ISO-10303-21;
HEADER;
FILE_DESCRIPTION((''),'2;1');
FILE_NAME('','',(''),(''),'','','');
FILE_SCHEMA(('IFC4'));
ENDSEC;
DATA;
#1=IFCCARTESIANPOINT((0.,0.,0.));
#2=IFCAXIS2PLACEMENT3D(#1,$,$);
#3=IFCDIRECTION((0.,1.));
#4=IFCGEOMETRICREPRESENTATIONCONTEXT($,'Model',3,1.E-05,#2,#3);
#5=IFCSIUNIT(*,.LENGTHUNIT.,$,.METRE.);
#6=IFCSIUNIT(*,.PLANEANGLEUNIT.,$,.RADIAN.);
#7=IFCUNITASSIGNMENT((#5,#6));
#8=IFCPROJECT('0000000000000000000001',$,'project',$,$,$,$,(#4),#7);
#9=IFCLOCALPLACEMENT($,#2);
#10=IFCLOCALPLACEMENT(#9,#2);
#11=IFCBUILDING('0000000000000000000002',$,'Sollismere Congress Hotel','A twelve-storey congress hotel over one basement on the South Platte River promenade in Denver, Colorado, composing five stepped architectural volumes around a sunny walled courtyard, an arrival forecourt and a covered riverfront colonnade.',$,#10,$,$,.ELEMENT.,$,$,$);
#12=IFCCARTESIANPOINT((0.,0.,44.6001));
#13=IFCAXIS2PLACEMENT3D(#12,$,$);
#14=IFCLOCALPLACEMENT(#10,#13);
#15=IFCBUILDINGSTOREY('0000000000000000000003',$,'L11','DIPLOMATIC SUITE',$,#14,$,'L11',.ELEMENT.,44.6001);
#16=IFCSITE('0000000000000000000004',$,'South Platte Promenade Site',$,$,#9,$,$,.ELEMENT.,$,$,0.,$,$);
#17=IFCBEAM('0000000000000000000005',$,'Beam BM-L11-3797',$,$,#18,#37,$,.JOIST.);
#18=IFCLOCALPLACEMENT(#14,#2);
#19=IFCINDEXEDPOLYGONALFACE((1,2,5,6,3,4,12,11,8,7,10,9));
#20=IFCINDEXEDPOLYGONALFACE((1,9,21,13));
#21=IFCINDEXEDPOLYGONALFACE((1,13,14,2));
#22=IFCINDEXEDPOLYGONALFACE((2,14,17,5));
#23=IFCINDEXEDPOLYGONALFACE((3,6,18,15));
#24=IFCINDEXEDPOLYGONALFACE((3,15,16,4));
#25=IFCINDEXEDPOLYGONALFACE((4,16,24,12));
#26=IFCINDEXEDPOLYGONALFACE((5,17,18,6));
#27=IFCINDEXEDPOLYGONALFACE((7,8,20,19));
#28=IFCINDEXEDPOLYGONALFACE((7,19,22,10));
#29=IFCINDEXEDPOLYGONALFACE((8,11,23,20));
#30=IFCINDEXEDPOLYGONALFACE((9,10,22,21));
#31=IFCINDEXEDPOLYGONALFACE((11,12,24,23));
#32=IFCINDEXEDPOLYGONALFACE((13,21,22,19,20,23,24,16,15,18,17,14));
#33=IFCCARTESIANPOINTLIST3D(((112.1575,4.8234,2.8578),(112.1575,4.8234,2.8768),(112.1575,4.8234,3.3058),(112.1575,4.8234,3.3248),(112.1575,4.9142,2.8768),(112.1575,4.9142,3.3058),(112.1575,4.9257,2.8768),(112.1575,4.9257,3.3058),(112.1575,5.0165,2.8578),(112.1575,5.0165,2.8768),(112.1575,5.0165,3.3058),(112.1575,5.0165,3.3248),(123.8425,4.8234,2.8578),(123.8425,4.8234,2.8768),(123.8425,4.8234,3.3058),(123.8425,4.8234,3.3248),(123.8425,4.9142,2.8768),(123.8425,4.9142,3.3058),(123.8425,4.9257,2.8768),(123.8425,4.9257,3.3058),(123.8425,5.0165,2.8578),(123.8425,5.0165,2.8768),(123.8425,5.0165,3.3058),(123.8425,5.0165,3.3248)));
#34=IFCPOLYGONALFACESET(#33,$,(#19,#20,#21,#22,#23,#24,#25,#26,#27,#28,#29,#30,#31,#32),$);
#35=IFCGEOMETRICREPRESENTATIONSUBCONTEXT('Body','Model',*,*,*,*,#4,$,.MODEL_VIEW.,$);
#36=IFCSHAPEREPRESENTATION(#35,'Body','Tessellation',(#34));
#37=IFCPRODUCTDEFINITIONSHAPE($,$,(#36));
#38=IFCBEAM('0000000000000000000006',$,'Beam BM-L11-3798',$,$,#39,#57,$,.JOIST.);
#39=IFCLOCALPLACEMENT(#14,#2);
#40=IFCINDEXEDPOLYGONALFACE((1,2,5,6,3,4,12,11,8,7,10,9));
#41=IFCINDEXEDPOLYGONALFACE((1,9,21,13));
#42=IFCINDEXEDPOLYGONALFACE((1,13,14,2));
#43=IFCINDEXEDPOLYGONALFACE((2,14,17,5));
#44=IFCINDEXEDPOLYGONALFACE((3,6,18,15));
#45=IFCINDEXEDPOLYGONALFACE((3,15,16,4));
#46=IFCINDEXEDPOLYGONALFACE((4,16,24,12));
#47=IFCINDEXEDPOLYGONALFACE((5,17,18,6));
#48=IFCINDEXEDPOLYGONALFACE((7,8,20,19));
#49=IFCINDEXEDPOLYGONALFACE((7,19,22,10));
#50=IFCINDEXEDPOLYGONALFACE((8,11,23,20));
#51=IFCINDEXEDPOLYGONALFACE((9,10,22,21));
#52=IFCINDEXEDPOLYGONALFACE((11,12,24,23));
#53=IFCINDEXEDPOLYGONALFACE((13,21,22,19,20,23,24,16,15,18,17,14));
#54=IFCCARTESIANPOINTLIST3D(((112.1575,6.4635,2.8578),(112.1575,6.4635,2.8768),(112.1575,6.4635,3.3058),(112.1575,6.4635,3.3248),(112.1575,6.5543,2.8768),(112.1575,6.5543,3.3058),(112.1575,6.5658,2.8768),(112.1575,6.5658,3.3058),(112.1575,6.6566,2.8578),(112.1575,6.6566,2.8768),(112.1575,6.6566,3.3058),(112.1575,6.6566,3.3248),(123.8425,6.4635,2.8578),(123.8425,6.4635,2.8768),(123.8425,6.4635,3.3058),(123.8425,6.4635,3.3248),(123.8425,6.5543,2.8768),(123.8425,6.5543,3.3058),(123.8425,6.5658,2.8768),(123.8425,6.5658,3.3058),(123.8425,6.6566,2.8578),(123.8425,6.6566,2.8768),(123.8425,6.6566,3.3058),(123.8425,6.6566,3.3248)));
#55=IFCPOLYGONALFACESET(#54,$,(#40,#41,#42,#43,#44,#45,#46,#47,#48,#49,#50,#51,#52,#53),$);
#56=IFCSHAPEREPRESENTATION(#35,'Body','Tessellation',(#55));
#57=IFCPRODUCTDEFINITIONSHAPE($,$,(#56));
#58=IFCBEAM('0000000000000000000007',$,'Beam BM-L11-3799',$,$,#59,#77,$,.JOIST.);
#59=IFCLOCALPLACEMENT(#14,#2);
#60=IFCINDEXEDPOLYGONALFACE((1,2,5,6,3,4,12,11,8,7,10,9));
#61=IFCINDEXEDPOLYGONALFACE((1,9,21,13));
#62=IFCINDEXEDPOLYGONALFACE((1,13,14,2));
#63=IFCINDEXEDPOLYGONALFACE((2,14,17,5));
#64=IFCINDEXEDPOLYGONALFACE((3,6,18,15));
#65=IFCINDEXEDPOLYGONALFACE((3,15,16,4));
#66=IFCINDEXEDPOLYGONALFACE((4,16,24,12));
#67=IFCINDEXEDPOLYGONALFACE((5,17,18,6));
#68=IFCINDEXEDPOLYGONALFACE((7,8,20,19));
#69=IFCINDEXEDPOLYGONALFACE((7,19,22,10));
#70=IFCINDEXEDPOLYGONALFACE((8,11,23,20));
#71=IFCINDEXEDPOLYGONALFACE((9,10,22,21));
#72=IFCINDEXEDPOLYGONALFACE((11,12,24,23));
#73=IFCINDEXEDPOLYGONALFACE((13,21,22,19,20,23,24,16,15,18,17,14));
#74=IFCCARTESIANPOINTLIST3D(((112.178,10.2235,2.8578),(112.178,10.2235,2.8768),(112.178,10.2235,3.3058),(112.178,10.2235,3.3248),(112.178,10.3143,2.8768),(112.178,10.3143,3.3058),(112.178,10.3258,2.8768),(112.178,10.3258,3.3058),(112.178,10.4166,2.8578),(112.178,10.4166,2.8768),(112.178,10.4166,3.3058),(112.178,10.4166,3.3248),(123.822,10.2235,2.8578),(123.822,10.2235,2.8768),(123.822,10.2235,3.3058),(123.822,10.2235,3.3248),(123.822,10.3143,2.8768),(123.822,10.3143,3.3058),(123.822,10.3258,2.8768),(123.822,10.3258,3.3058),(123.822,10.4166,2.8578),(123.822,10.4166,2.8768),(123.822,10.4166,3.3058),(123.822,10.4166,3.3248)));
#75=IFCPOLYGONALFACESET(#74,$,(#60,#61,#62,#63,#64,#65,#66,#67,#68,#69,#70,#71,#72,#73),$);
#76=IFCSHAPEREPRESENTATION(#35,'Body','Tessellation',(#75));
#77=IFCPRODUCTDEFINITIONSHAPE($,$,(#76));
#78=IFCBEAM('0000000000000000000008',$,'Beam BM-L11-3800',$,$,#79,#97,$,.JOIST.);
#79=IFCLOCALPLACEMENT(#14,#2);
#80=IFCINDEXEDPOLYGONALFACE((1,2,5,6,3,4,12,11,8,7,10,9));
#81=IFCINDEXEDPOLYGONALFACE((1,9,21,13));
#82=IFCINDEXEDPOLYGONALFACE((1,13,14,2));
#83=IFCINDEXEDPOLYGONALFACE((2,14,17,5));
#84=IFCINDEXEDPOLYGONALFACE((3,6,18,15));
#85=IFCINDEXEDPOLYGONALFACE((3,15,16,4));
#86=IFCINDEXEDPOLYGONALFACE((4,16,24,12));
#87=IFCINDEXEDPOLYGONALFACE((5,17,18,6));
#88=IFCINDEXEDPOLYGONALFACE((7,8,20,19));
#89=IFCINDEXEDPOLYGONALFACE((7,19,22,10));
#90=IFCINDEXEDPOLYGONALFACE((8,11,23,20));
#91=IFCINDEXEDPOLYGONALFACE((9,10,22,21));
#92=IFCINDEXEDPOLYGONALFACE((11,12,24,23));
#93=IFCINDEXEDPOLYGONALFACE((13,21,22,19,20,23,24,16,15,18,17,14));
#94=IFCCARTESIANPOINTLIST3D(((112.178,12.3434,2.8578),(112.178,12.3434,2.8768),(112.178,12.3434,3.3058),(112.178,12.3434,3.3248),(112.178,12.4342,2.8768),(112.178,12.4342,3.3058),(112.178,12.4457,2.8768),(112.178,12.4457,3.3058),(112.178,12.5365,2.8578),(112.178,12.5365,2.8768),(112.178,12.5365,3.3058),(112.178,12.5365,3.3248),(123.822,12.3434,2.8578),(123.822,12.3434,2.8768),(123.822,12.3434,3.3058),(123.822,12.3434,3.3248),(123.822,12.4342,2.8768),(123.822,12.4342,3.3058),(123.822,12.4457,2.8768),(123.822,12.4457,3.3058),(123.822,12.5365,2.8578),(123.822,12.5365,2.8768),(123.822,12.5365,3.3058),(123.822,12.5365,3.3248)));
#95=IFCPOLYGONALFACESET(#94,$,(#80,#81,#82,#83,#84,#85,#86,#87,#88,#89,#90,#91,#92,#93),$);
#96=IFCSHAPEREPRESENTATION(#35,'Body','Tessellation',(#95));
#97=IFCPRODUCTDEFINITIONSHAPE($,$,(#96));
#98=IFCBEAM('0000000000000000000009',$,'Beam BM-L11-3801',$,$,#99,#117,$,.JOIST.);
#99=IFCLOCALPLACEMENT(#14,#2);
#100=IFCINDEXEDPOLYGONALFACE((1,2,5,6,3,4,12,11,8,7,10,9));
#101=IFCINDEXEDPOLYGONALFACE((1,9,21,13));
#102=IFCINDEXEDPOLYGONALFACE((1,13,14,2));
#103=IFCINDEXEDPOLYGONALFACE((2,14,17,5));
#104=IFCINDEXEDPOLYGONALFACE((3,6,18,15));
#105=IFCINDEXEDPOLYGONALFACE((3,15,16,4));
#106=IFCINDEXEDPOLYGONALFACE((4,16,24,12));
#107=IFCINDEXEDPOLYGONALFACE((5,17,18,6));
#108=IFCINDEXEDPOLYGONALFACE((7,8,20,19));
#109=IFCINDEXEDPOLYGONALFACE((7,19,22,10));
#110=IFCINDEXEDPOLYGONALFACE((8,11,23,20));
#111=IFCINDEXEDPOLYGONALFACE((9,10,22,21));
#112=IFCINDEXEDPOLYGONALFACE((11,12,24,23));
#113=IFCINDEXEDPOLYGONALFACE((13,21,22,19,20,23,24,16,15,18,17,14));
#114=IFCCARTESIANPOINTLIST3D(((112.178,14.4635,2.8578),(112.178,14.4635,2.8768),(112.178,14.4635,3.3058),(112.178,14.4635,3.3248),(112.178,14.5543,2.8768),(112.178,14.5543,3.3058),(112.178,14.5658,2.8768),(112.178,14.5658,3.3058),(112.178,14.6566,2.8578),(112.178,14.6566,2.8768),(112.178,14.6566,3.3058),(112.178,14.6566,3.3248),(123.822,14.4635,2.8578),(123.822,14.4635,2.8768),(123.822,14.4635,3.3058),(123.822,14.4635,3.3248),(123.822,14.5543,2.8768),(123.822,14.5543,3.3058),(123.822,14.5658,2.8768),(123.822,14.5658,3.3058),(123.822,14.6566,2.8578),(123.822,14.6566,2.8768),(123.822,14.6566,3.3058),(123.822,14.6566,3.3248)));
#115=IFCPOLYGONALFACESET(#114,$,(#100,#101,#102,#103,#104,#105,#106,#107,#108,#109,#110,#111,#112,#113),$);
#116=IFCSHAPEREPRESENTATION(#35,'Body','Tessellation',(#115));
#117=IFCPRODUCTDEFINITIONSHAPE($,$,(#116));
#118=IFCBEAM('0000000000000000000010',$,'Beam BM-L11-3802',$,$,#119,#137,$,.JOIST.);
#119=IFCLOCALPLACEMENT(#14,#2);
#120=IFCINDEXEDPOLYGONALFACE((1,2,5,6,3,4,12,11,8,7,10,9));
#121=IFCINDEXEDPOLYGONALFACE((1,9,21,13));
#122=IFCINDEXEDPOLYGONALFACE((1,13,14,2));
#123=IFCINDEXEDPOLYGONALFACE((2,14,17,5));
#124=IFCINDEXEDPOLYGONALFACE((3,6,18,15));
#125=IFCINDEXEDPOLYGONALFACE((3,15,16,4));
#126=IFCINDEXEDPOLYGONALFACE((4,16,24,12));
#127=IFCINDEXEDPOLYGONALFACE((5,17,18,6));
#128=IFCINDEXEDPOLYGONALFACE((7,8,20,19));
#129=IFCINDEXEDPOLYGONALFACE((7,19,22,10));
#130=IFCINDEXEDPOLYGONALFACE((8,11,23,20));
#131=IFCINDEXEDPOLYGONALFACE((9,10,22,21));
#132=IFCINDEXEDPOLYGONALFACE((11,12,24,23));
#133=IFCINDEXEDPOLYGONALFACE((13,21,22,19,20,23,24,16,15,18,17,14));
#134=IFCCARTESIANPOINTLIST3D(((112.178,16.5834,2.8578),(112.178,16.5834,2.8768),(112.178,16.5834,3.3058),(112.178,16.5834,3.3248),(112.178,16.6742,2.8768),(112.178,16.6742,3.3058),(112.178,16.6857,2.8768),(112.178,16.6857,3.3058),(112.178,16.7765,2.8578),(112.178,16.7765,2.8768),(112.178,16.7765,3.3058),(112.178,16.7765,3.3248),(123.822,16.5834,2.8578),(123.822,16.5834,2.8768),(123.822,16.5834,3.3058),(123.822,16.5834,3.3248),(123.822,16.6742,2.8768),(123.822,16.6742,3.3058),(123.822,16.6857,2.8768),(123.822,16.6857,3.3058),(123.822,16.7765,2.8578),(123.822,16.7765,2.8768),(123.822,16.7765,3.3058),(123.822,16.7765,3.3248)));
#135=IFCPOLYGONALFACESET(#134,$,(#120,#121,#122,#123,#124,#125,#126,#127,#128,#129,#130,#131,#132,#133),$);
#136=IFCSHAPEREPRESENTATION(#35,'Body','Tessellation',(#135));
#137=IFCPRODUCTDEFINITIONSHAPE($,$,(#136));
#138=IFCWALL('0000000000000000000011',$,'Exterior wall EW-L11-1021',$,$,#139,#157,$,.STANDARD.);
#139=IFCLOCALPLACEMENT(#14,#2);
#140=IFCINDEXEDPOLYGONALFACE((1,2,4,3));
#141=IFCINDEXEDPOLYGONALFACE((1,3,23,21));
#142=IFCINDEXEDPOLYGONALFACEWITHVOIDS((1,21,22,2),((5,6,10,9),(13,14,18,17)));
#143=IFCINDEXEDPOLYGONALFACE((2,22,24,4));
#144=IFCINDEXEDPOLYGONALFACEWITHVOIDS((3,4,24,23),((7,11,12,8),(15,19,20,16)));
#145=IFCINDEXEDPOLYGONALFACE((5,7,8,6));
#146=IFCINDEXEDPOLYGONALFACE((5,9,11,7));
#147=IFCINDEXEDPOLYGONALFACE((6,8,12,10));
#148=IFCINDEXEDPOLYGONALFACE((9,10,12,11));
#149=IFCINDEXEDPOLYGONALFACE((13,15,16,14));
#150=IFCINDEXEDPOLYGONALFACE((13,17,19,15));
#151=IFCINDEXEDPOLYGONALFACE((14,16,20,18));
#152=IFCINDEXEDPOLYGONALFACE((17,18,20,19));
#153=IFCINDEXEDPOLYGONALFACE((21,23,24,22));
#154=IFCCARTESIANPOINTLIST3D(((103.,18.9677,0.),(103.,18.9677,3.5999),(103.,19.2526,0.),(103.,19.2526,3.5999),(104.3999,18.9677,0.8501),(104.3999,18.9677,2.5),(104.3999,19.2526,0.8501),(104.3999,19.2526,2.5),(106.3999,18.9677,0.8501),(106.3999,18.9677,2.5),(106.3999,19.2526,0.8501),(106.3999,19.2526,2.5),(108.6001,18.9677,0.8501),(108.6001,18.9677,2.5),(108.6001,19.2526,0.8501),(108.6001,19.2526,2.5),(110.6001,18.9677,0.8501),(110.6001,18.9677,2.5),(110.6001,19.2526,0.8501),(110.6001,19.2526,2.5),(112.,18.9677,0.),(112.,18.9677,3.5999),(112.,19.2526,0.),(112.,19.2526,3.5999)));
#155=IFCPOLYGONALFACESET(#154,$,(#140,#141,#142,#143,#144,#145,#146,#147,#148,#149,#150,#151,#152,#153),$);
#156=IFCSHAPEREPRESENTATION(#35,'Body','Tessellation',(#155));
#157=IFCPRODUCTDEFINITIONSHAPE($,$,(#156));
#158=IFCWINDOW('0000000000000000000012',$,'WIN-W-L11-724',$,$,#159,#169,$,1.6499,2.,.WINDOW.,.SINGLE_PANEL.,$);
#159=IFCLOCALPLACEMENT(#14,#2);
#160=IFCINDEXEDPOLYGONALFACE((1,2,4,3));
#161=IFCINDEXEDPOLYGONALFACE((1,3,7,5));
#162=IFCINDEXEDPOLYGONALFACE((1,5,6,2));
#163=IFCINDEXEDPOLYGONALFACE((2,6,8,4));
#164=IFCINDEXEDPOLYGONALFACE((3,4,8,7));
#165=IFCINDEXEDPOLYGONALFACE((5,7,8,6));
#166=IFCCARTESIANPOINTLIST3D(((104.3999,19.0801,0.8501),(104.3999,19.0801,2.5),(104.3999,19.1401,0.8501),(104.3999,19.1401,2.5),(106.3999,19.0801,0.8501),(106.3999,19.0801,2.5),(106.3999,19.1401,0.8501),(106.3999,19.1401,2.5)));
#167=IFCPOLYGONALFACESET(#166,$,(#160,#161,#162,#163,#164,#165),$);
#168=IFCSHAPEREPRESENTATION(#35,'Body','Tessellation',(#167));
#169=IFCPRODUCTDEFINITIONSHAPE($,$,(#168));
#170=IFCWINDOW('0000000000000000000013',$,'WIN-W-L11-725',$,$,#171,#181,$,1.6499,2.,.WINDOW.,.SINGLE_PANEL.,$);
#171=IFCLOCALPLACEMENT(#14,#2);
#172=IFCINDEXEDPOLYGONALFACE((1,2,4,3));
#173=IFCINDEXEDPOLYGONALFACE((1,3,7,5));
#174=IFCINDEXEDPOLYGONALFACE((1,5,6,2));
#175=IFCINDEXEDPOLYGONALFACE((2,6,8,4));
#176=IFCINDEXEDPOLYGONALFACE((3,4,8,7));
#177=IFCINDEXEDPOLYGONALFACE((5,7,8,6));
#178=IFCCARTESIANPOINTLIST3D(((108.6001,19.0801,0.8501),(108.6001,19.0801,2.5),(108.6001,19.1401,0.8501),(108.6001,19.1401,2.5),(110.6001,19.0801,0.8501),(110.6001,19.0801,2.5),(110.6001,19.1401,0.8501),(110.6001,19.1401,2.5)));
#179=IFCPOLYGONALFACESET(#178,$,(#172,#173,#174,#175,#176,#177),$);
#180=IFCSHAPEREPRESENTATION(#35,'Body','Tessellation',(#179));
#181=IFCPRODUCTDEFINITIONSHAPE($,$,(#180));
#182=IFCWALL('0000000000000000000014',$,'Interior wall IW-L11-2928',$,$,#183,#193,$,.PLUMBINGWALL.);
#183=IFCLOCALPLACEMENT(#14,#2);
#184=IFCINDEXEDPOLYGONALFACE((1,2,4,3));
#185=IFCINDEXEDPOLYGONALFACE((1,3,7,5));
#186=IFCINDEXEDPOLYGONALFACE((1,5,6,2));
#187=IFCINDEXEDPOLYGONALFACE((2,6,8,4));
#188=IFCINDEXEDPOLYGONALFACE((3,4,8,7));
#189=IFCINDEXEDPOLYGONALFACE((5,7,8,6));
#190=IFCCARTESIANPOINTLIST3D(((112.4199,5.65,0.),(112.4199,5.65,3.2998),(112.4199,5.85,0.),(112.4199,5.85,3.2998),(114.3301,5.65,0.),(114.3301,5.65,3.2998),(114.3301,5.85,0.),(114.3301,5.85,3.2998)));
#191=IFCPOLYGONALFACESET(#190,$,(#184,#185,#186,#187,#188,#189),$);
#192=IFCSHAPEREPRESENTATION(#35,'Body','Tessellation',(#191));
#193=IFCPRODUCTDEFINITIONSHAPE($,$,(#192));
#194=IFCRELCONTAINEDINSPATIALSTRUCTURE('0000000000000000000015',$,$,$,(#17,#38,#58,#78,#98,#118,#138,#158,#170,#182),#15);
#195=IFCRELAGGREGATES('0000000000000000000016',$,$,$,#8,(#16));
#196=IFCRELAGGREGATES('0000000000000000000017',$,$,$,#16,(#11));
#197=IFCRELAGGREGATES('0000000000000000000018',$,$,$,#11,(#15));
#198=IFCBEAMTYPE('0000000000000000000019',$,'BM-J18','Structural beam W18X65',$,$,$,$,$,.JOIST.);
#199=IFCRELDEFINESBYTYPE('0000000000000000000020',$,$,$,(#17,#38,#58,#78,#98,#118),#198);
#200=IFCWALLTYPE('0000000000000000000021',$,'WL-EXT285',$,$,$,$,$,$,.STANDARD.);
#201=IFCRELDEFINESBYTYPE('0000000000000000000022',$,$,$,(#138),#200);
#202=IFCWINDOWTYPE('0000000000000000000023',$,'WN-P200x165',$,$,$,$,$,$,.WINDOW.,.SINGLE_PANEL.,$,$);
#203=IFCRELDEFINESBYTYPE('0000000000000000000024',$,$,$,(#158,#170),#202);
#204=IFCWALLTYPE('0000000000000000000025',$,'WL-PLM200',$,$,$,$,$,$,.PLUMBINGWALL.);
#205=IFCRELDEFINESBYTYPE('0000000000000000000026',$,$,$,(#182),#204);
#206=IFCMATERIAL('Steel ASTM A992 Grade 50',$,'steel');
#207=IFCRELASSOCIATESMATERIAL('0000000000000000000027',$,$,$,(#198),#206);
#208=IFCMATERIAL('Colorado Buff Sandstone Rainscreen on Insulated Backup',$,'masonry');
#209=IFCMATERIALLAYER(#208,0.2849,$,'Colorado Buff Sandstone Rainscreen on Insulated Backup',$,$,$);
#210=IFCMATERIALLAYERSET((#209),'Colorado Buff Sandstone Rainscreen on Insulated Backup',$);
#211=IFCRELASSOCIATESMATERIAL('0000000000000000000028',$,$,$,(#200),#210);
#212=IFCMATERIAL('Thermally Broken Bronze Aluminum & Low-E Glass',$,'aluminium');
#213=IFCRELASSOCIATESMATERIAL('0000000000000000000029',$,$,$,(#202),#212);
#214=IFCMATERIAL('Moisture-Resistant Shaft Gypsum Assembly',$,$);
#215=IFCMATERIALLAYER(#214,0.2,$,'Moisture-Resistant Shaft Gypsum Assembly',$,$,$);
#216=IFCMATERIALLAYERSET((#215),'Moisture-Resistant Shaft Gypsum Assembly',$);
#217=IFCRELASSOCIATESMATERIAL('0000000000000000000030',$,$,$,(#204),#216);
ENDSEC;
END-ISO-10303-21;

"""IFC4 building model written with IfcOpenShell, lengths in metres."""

from ifc_helpers import new_model, si_unit, direction, frame, frame_2d, origin, origin_2d, place, context, subcontext, project, spatial, rectangle, i_section, extrude, material, layer, layer_set, material_profile, profile_set, type_object, element, fill, save


model = new_model("IFC4")

# Units and contexts
model_context = context("Model", 3, precision=1e-05, world=origin(), true_north=direction((0.0, 1.0)))
body_context = subcontext(model_context, "Body", "Model", "MODEL_VIEW")
ifc_project = project(units=[si_unit("LENGTHUNIT", "METRE"), si_unit("PLANEANGLEUNIT", "RADIAN")], contexts=[model_context])

# Site, building, storey
site_placement = place(None, origin())
site = spatial("IfcSite", under=ifc_project, at=site_placement, Name="South Platte Promenade Site", CompositionType="ELEMENT", RefElevation=0.0)
building_placement = place(site_placement, origin())
building = spatial("IfcBuilding", under=site, at=building_placement, Name="Sollismere Congress Hotel", Description="A twelve-storey congress hotel over one basement on the South Platte River promenade in Denver, Colorado, composing five stepped architectural volumes around a sunny walled courtyard, an arrival forecourt and a covered riverfront colonnade.", CompositionType="ELEMENT")
storey_placement = place(building_placement, frame((0.0, 0.0, 44.6001)))
storey = spatial("IfcBuildingStorey", under=building, at=storey_placement, Name="L11", Description="DIPLOMATIC SUITE", LongName="L11", CompositionType="ELEMENT", Elevation=44.6001)

# Shared definitions
ifc_material_1 = material(Name="Steel ASTM A992 Grade 50", Category="steel")

# Beams
ifc_material_profile_1 = material_profile(ifc_material_1, i_section(OverallWidth=0.1931, OverallDepth=0.467, WebThickness=0.0115, FlangeThickness=0.019, at=origin_2d()), Name="W18X65")
ifc_profile_set_1 = profile_set([ifc_material_profile_1], Name="Steel ASTM A992 Grade 50")
beam_type_1 = type_object("IfcBeamType", Name="BM-J18", Description="Structural beam W18X65", PredefinedType="JOIST", material=ifc_profile_set_1)
for number, where, z_axis, x_axis, name in (
    (1, (112.1575, 4.9199, 3.0913), (1.0, 0.0, 0.0), (0.0, 1.0, 0.0), "Beam BM-L11-3797"),
    (2, (112.1575, 6.5601, 3.0913), (1.0, 0.0, 0.0), (0.0, 1.0, 0.0), "Beam BM-L11-3798"),
):
    element("IfcBeam", number, at=place(storey_placement, frame(where, z_axis=z_axis, x_axis=x_axis)), inside=storey, type_object=beam_type_1, Name=name, PredefinedType="JOIST", context=body_context, shape_type="SweptSolid", body=[
        extrude(i_section(OverallWidth=0.1931, OverallDepth=0.467, WebThickness=0.0115, FlangeThickness=0.019, at=origin_2d()), origin(), (0.0, 0.0, 1.0), 11.6851),
    ])
for number, where, z_axis, x_axis, name in (
    (3, (112.178, 10.3201, 3.0913), (1.0, 0.0, 0.0), (0.0, 1.0, 0.0), "Beam BM-L11-3799"),
    (4, (112.178, 12.4399, 3.0913), (1.0, 0.0, 0.0), (0.0, 1.0, 0.0), "Beam BM-L11-3800"),
    (5, (112.178, 14.5601, 3.0913), (1.0, 0.0, 0.0), (0.0, 1.0, 0.0), "Beam BM-L11-3801"),
    (6, (112.178, 16.6799, 3.0913), (1.0, 0.0, 0.0), (0.0, 1.0, 0.0), "Beam BM-L11-3802"),
):
    element("IfcBeam", number, at=place(storey_placement, frame(where, z_axis=z_axis, x_axis=x_axis)), inside=storey, type_object=beam_type_1, Name=name, PredefinedType="JOIST", context=body_context, shape_type="SweptSolid", body=[
        extrude(i_section(OverallWidth=0.1931, OverallDepth=0.467, WebThickness=0.0115, FlangeThickness=0.019, at=origin_2d()), origin(), (0.0, 0.0, 1.0), 11.644),
    ])

# Wall, openings, windows
ifc_material_2 = material(Name="Colorado Buff Sandstone Rainscreen on Insulated Backup", Category="masonry")
ifc_layer_1 = layer(ifc_material_2, 0.2849, Name="Colorado Buff Sandstone Rainscreen on Insulated Backup")
ifc_layer_set_1 = layer_set([ifc_layer_1], Name="Colorado Buff Sandstone Rainscreen on Insulated Backup")
wall_type_1 = type_object("IfcWallType", Name="WL-EXT285", PredefinedType="STANDARD", material=ifc_layer_set_1)
wall_1_placement = place(storey_placement, frame((112.0, 19.1101, 0.0), z_axis=(0.0, 0.0, 1.0), x_axis=(-1.0, 0.0, 0.0)))
wall_1 = element("IfcWall", 7, at=wall_1_placement, inside=storey, type_object=wall_type_1, Name="Exterior wall EW-L11-1021", PredefinedType="STANDARD", context=body_context, shape_type="SweptSolid", body=[
    extrude(rectangle(XDim=9.0, YDim=0.2849, at=frame_2d((4.5, 0.0))), origin(), (0.0, 0.0, 1.0), 3.5999),
])
opening_1_placement = place(wall_1_placement, frame((5.6001, 0.0, 0.8501)))
opening_1 = element("IfcOpeningElement", 8, at=opening_1_placement, cuts=wall_1, PredefinedType="OPENING", context=body_context, shape_type="SweptSolid", body=[
    extrude(rectangle(XDim=2.0, YDim=1.6499, at=frame_2d((1.0, 0.825))), frame((0.0, 0.1523, 0.0), z_axis=(0.0, -1.0, 0.0), x_axis=(1.0, 0.0, 0.0)), (0.0, 0.0, 1.0), 0.3049),
])
opening_2_placement = place(wall_1_placement, frame((1.3999, 0.0, 0.8501)))
opening_2 = element("IfcOpeningElement", 9, at=opening_2_placement, cuts=wall_1, PredefinedType="OPENING", context=body_context, shape_type="SweptSolid", body=[
    extrude(rectangle(XDim=2.0, YDim=1.6499, at=frame_2d((1.0, 0.825))), frame((0.0, 0.1523, 0.0), z_axis=(0.0, -1.0, 0.0), x_axis=(1.0, 0.0, 0.0)), (0.0, 0.0, 1.0), 0.3049),
])
ifc_material_3 = material(Name="Thermally Broken Bronze Aluminum & Low-E Glass", Category="aluminium")
window_type = type_object("IfcWindowType", Name="WN-P200x165", PartitioningType="SINGLE_PANEL", PredefinedType="WINDOW", material=ifc_material_3)
window_1_placement = place(opening_1_placement, origin())
window_1 = element("IfcWindow", 10, at=window_1_placement, inside=storey, type_object=window_type, Name="WIN-W-L11-724", OverallHeight=1.6499, OverallWidth=2.0, PartitioningType="SINGLE_PANEL", PredefinedType="WINDOW", context=body_context, shape_type="SweptSolid", body=[
    extrude(rectangle(XDim=2.0, YDim=1.6499, at=frame_2d((1.0, 0.825))), frame((0.0, 0.03, 0.0), z_axis=(0.0, -1.0, 0.0), x_axis=(1.0, 0.0, 0.0)), (0.0, 0.0, 1.0), 0.0601),
])
fill(opening_1, window_1)
window_2_placement = place(opening_2_placement, origin())
window_2 = element("IfcWindow", 11, at=window_2_placement, inside=storey, type_object=window_type, Name="WIN-W-L11-725", OverallHeight=1.6499, OverallWidth=2.0, PartitioningType="SINGLE_PANEL", PredefinedType="WINDOW", context=body_context, shape_type="SweptSolid", body=[
    extrude(rectangle(XDim=2.0, YDim=1.6499, at=frame_2d((1.0, 0.825))), frame((0.0, 0.03, 0.0), z_axis=(0.0, -1.0, 0.0), x_axis=(1.0, 0.0, 0.0)), (0.0, 0.0, 1.0), 0.0601),
])
fill(opening_2, window_2)

# Wall
ifc_material_4 = material(Name="Moisture-Resistant Shaft Gypsum Assembly")
ifc_layer_2 = layer(ifc_material_4, 0.2, Name="Moisture-Resistant Shaft Gypsum Assembly")
ifc_layer_set_2 = layer_set([ifc_layer_2], Name="Moisture-Resistant Shaft Gypsum Assembly")
wall_type_2 = type_object("IfcWallType", Name="WL-PLM200", PredefinedType="PLUMBINGWALL", material=ifc_layer_set_2)
for number, where, z_axis, x_axis, name in (
    (12, (112.4199, 5.75, 0.0), (0.0, 0.0, 1.0), (1.0, 0.0, 0.0), "Interior wall IW-L11-2928"),
):
    element("IfcWall", number, at=place(storey_placement, frame(where, z_axis=z_axis, x_axis=x_axis)), inside=storey, type_object=wall_type_2, Name=name, PredefinedType="PLUMBINGWALL", context=body_context, shape_type="SweptSolid", body=[
        extrude(rectangle(XDim=1.9102, YDim=0.2, at=frame_2d((0.9551, 0.0))), origin(), (0.0, 0.0, 1.0), 3.2998),
    ])

save(model, "model.ifc")
